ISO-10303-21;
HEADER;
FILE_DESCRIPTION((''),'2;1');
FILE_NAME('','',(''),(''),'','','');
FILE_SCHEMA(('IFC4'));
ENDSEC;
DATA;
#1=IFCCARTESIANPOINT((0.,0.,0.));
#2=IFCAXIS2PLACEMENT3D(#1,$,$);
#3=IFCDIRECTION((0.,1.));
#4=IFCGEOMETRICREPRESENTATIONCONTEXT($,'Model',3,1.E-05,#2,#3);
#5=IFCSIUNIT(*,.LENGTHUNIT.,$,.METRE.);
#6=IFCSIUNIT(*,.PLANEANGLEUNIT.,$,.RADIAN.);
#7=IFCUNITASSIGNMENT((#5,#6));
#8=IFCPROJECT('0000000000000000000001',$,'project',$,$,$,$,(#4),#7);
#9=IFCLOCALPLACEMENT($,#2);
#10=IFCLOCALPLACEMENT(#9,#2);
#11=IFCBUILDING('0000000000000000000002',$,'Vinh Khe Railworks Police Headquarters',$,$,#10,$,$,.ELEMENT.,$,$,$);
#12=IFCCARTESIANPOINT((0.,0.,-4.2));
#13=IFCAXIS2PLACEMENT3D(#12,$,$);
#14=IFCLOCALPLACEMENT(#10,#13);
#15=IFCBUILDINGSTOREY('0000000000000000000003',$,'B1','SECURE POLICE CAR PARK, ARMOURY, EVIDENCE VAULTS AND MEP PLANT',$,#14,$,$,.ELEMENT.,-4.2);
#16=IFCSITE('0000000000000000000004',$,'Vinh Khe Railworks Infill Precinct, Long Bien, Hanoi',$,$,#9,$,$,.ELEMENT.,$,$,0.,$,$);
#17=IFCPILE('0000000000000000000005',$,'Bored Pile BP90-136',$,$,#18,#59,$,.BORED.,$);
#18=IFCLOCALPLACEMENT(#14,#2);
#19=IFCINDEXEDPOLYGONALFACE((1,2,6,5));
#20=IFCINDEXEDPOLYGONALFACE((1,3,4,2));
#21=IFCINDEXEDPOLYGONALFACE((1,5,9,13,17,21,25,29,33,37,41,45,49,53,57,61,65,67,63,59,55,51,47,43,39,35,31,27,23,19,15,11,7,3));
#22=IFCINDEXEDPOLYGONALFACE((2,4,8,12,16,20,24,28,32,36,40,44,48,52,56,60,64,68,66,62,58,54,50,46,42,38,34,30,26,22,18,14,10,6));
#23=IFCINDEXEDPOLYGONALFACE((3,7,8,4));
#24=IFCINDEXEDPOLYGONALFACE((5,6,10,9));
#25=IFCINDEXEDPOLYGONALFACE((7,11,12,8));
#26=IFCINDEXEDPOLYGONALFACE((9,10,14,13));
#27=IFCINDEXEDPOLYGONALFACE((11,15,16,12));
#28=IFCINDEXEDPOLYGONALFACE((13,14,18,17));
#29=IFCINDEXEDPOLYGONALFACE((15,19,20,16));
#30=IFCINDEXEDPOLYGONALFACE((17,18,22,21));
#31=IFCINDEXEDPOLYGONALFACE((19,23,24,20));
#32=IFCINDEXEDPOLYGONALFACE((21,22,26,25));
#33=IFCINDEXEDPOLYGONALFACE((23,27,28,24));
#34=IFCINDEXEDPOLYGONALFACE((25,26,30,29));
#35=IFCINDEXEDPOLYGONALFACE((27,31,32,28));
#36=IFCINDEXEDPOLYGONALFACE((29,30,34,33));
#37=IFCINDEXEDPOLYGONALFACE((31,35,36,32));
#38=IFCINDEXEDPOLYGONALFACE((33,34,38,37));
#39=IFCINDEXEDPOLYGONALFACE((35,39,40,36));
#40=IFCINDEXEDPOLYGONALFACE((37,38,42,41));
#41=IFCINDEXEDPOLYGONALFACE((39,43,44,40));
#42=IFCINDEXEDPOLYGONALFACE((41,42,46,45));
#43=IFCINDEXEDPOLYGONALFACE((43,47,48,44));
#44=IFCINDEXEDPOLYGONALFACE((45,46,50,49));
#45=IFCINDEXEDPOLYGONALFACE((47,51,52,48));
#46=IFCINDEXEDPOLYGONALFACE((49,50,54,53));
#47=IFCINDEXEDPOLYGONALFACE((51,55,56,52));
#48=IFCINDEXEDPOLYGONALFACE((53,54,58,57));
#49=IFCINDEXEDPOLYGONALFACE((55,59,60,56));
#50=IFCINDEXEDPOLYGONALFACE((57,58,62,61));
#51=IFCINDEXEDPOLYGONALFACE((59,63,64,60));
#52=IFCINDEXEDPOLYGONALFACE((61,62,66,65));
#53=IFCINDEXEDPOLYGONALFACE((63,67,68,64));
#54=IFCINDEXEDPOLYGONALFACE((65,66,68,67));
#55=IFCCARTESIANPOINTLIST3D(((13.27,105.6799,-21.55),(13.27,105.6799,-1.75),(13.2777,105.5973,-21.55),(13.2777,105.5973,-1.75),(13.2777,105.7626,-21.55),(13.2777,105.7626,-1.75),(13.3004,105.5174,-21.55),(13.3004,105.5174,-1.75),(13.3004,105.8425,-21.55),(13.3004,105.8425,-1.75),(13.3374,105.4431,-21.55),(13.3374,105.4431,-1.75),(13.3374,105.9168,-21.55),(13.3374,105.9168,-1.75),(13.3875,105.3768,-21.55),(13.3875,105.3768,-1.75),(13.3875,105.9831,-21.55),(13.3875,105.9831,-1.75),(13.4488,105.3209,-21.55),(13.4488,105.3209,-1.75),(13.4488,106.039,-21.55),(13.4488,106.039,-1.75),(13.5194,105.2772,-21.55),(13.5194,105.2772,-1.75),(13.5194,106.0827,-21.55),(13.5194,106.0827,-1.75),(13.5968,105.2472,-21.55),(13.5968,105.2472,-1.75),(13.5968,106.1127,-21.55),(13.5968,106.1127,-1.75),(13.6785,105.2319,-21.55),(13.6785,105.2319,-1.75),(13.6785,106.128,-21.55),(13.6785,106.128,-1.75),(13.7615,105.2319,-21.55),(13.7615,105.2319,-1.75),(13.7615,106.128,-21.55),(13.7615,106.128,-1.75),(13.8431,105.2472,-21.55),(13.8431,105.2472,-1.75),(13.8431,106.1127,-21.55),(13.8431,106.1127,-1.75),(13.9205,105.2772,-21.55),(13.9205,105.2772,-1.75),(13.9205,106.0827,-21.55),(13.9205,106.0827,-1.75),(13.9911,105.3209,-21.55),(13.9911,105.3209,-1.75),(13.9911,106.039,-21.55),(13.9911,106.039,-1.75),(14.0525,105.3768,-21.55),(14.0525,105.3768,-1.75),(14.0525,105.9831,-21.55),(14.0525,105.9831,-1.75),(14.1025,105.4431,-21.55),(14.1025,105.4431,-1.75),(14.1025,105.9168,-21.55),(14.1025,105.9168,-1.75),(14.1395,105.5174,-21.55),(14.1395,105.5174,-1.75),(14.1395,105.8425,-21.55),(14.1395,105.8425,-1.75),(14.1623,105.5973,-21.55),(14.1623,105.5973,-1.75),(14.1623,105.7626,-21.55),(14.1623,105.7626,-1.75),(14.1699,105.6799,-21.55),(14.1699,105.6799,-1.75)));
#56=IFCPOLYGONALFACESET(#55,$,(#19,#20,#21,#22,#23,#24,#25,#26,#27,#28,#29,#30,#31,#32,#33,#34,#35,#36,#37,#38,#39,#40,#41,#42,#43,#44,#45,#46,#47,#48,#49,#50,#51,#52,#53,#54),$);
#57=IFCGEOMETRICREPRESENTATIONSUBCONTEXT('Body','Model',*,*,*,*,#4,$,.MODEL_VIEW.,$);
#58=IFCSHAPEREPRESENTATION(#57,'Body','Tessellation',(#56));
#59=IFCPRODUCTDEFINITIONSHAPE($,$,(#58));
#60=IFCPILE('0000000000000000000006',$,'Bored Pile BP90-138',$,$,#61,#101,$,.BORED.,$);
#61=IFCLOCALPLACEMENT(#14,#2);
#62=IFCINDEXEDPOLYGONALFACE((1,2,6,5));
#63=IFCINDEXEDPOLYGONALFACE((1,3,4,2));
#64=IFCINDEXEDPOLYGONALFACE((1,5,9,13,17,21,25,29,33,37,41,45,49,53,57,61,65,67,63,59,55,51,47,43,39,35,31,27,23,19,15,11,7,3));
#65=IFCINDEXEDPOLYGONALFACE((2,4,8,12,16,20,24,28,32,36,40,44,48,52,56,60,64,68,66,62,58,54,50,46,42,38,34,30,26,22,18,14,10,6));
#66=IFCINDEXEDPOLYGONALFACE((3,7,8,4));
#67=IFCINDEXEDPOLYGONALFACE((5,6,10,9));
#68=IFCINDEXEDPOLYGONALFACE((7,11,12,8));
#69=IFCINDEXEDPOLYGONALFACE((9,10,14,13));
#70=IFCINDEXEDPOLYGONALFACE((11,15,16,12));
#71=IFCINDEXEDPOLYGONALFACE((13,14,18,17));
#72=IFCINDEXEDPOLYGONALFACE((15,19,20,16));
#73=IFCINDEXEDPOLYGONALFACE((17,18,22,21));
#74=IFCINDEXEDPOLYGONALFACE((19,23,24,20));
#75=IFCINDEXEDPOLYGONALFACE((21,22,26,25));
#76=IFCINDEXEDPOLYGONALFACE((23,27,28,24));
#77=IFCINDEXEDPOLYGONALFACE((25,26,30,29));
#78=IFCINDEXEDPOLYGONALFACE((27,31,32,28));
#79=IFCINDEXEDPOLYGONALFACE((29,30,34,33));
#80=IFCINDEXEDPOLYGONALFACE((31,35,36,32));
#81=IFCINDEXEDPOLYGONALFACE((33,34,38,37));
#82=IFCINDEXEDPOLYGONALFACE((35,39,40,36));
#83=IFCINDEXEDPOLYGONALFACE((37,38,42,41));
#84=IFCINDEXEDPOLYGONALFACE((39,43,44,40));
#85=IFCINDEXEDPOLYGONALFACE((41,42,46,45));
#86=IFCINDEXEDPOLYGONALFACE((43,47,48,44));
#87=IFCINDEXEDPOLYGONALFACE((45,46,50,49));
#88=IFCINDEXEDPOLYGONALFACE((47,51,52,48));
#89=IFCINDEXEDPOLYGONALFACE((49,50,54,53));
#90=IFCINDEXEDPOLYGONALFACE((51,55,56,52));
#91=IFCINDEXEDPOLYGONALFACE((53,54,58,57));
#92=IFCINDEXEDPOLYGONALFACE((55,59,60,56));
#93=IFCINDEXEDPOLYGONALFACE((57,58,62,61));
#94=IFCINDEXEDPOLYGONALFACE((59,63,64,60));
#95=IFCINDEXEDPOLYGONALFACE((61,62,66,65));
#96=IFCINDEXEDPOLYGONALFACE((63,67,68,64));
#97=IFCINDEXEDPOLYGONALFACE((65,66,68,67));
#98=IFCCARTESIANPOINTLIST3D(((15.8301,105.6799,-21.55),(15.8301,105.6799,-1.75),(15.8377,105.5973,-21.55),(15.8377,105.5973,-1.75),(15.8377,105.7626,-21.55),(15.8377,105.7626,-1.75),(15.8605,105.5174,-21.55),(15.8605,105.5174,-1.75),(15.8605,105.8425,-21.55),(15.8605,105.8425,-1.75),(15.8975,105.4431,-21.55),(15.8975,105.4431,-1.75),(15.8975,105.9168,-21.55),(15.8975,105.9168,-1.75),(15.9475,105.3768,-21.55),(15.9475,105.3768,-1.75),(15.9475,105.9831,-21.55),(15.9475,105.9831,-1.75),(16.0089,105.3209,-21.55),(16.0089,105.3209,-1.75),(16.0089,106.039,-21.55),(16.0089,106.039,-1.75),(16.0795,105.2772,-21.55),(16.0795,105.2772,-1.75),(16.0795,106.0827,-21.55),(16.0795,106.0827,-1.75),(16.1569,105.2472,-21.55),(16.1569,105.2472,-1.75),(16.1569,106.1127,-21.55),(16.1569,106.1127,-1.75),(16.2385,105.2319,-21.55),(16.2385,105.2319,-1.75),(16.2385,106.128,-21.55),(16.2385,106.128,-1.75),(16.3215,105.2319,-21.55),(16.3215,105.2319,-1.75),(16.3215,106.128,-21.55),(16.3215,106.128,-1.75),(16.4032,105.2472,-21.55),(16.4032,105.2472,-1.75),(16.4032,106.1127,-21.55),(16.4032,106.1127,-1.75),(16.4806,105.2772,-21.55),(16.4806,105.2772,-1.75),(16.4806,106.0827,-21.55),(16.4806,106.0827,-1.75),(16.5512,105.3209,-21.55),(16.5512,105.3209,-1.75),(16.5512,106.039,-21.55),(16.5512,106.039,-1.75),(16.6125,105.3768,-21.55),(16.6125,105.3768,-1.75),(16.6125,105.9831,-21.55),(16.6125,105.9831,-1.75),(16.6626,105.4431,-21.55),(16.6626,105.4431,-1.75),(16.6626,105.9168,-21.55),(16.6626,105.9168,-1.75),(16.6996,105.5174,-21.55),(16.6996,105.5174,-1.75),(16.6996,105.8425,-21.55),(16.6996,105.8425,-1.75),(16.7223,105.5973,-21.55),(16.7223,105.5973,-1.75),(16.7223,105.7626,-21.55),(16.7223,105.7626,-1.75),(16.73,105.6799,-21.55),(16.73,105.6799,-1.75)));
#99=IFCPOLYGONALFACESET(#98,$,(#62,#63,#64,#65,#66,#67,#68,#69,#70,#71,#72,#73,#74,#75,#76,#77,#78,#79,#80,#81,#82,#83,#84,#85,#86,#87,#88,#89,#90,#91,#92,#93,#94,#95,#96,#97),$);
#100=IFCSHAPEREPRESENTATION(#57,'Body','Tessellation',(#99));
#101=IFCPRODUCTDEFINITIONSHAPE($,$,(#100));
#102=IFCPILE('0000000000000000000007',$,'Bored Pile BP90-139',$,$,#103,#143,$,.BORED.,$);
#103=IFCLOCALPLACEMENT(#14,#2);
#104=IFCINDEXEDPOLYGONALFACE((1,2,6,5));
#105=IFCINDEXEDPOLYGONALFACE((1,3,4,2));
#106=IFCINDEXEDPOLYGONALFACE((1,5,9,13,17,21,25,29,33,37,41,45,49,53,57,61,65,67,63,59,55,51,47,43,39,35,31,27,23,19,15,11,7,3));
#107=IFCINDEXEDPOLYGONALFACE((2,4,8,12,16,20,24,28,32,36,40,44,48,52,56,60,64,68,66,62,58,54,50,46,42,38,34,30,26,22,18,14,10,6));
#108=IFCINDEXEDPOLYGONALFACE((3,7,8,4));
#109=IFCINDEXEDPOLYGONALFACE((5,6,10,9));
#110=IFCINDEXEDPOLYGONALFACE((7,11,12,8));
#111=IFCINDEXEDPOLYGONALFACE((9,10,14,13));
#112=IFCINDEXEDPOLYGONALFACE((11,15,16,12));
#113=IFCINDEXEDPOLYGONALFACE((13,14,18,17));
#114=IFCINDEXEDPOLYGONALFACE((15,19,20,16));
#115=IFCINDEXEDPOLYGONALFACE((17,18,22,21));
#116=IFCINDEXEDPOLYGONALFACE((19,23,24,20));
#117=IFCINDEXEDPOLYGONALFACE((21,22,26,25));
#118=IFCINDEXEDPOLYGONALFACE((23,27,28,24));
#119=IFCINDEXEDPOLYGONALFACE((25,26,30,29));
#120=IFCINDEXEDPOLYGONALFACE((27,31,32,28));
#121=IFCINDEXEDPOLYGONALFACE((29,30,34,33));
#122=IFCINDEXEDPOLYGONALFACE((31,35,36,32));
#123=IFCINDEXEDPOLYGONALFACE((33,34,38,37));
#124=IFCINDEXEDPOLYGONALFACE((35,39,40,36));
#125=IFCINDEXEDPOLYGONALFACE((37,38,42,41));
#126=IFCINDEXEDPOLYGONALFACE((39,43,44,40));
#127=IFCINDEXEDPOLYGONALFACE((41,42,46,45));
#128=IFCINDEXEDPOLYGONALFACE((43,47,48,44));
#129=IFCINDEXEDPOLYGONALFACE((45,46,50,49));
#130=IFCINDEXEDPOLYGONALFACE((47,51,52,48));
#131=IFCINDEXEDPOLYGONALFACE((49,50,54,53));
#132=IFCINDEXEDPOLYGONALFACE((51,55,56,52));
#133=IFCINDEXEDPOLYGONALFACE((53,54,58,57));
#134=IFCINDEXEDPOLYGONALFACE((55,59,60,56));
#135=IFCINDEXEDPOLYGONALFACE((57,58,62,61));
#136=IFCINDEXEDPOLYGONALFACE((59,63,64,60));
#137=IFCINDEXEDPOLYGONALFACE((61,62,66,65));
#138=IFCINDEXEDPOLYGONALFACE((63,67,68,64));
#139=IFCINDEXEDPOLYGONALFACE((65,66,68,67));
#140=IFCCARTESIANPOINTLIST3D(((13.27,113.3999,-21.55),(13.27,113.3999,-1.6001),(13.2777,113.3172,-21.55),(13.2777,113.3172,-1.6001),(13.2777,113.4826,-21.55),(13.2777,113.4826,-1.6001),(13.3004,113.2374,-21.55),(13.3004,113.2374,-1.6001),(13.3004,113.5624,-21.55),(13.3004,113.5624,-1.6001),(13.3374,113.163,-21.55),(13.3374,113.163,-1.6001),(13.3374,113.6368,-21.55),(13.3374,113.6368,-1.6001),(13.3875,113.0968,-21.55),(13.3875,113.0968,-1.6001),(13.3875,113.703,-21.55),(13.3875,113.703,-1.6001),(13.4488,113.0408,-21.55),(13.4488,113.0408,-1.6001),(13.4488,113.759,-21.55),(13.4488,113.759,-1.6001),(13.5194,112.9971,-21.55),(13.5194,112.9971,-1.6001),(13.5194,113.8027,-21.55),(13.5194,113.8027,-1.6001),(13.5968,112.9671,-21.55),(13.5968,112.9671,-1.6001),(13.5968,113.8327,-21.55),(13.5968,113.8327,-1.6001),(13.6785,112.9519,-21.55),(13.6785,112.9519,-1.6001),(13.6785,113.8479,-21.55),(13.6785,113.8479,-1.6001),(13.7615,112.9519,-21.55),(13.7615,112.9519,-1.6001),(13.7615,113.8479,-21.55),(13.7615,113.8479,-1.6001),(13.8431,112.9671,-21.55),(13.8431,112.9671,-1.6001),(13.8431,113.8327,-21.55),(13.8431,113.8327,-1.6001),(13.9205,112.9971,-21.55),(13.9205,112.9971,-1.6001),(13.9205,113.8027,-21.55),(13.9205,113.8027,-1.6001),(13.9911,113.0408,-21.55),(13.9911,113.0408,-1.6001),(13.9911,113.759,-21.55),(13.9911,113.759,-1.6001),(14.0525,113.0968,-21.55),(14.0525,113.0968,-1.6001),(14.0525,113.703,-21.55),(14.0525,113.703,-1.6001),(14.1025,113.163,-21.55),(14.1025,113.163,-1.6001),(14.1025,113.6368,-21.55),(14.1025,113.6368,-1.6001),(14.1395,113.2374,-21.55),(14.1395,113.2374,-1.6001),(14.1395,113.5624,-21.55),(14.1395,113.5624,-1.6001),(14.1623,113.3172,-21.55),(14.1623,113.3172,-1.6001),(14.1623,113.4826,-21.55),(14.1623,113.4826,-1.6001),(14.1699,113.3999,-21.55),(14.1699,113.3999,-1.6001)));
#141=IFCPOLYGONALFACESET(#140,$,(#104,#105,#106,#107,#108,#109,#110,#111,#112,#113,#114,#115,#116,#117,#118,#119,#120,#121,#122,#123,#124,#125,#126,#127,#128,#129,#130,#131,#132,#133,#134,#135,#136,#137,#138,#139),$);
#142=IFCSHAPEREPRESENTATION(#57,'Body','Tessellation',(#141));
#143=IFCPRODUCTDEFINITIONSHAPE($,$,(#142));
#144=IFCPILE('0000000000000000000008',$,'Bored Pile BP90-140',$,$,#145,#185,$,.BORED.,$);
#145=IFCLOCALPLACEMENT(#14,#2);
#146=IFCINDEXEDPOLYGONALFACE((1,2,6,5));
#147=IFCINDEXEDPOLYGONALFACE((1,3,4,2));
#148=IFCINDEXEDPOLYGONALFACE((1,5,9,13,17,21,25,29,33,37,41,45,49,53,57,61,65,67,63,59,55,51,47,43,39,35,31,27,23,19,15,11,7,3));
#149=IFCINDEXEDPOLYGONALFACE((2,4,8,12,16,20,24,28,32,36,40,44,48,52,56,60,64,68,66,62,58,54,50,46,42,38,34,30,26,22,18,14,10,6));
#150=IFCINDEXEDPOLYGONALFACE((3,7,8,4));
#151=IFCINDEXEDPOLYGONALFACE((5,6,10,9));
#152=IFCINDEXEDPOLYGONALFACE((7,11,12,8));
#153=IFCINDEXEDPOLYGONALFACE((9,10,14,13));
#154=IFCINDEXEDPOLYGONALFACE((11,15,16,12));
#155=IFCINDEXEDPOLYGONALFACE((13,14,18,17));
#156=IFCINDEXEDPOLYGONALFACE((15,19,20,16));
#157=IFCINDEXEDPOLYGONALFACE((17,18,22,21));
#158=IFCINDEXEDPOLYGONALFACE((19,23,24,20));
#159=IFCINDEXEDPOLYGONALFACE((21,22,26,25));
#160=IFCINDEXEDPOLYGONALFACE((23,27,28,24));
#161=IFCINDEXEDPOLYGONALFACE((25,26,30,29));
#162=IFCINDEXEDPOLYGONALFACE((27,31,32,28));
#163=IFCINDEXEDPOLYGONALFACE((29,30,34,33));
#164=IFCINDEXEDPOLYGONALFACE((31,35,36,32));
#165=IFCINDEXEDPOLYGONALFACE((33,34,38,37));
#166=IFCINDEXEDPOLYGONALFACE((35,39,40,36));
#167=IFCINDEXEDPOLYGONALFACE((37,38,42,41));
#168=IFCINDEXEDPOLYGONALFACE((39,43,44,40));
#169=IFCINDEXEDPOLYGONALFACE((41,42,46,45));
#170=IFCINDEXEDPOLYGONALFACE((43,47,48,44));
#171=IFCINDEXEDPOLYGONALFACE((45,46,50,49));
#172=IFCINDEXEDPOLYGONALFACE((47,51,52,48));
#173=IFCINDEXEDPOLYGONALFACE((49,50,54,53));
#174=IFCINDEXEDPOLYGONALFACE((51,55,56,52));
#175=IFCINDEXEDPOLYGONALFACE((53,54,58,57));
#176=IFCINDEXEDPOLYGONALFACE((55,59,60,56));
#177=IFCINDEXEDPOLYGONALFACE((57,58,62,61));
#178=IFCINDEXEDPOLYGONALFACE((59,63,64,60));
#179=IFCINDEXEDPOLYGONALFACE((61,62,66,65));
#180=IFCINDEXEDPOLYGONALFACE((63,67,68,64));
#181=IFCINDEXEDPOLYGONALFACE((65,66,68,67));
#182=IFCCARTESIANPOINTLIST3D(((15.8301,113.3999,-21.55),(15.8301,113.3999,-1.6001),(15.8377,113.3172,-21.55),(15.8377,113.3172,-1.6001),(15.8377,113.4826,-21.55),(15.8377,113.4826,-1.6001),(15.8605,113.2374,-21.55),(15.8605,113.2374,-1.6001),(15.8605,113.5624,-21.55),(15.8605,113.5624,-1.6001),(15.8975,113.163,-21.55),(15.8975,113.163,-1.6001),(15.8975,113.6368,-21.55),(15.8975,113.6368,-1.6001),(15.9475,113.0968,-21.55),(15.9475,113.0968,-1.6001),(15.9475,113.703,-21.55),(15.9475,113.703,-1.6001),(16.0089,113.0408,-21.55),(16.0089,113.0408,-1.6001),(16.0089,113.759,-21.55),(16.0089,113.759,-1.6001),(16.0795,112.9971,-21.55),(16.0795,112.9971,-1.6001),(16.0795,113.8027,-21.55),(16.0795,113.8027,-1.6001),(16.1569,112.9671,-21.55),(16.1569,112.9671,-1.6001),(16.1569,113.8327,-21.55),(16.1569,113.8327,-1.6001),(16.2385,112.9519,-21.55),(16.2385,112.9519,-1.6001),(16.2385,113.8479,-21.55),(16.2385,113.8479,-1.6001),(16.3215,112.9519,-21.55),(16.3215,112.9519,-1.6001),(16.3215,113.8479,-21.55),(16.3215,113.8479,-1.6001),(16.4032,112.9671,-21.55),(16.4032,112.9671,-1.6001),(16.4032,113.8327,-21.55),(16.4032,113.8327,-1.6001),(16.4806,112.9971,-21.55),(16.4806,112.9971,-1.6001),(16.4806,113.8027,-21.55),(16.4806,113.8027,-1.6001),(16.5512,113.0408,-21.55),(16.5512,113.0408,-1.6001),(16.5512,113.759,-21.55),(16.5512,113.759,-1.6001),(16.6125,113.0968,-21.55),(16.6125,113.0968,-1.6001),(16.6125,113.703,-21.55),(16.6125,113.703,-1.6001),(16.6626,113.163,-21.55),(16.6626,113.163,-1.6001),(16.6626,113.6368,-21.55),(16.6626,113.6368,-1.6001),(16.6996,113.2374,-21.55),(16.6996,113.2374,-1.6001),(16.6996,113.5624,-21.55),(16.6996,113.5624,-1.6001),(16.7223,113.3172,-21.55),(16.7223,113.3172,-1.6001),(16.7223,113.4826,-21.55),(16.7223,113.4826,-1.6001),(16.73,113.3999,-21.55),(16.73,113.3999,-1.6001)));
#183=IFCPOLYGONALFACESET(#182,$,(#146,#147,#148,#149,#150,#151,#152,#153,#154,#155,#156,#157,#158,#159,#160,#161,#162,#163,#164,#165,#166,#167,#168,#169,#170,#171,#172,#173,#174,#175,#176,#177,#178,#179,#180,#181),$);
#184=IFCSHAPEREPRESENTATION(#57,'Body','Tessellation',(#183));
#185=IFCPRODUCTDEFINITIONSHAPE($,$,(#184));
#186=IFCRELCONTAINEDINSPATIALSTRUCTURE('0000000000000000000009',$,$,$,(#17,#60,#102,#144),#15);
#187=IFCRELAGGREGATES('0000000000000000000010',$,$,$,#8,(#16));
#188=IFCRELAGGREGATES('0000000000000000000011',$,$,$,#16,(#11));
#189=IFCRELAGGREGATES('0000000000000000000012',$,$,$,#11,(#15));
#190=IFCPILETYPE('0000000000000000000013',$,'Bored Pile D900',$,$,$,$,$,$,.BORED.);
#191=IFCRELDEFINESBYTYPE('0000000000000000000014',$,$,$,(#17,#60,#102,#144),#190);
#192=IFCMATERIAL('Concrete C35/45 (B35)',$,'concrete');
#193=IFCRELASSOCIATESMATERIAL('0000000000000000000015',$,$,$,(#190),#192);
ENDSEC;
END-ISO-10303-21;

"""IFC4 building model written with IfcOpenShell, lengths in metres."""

from ifc_helpers import new_model, si_unit, direction, frame, origin, origin_2d, place, context, subcontext, project, spatial, circle, extrude, material, material_profile, profile_set, type_object, element, save


model = new_model("IFC4")

# Units and contexts
model_context = context("Model", 3, precision=1e-05, world=origin(), true_north=direction((0.0, 1.0)))
body_context = subcontext(model_context, "Body", "Model", "MODEL_VIEW")
ifc_project = project(units=[si_unit("LENGTHUNIT", "METRE"), si_unit("PLANEANGLEUNIT", "RADIAN")], contexts=[model_context])

# Site, building, storey
site_placement = place(None, origin())
site = spatial("IfcSite", under=ifc_project, at=site_placement, Name="Vinh Khe Railworks Infill Precinct, Long Bien, Hanoi", CompositionType="ELEMENT", RefElevation=0.0)
building_placement = place(site_placement, origin())
building = spatial("IfcBuilding", under=site, at=building_placement, Name="Vinh Khe Railworks Police Headquarters", CompositionType="ELEMENT")
storey_placement = place(building_placement, frame((0.0, 0.0, -4.2)))
storey = spatial("IfcBuildingStorey", under=building, at=storey_placement, Name="B1", Description="SECURE POLICE CAR PARK, ARMOURY, EVIDENCE VAULTS AND MEP PLANT", CompositionType="ELEMENT", Elevation=-4.2)

# Piles
ifc_material_1 = material(Name="Concrete C35/45 (B35)", Category="concrete")
ifc_material_profile_1 = material_profile(ifc_material_1, circle(Radius=0.45, at=origin_2d()), Name="BORED PILE D900")
ifc_profile_set_1 = profile_set([ifc_material_profile_1], Name="Concrete C35/45 (B35)")
pile_type = type_object("IfcPileType", Name="Bored Pile D900", PredefinedType="BORED", material=ifc_profile_set_1)
for number, where, z_axis, x_axis, name in (
    (1, (13.72, 105.6799, -1.75), (0.0, 0.0, -1.0), (1.0, 0.0, 0.0), "Bored Pile BP90-136"),
    (2, (16.28, 105.6799, -1.75), (0.0, 0.0, -1.0), (1.0, 0.0, 0.0), "Bored Pile BP90-138"),
):
    element("IfcPile", number, at=place(storey_placement, frame(where, z_axis=z_axis, x_axis=x_axis)), inside=storey, type_object=pile_type, Name=name, PredefinedType="BORED", context=body_context, shape_type="SweptSolid", body=[
        extrude(circle(Radius=0.45, at=origin_2d()), origin(), (0.0, 0.0, 1.0), 19.8),
    ])
for number, where, z_axis, x_axis, name in (
    (3, (13.72, 113.3999, -1.6001), (0.0, 0.0, -1.0), (1.0, 0.0, 0.0), "Bored Pile BP90-139"),
    (4, (16.28, 113.3999, -1.6001), (0.0, 0.0, -1.0), (1.0, 0.0, 0.0), "Bored Pile BP90-140"),
):
    element("IfcPile", number, at=place(storey_placement, frame(where, z_axis=z_axis, x_axis=x_axis)), inside=storey, type_object=pile_type, Name=name, PredefinedType="BORED", context=body_context, shape_type="SweptSolid", body=[
        extrude(circle(Radius=0.45, at=origin_2d()), origin(), (0.0, 0.0, 1.0), 19.95),
    ])

save(model, "model.ifc")
